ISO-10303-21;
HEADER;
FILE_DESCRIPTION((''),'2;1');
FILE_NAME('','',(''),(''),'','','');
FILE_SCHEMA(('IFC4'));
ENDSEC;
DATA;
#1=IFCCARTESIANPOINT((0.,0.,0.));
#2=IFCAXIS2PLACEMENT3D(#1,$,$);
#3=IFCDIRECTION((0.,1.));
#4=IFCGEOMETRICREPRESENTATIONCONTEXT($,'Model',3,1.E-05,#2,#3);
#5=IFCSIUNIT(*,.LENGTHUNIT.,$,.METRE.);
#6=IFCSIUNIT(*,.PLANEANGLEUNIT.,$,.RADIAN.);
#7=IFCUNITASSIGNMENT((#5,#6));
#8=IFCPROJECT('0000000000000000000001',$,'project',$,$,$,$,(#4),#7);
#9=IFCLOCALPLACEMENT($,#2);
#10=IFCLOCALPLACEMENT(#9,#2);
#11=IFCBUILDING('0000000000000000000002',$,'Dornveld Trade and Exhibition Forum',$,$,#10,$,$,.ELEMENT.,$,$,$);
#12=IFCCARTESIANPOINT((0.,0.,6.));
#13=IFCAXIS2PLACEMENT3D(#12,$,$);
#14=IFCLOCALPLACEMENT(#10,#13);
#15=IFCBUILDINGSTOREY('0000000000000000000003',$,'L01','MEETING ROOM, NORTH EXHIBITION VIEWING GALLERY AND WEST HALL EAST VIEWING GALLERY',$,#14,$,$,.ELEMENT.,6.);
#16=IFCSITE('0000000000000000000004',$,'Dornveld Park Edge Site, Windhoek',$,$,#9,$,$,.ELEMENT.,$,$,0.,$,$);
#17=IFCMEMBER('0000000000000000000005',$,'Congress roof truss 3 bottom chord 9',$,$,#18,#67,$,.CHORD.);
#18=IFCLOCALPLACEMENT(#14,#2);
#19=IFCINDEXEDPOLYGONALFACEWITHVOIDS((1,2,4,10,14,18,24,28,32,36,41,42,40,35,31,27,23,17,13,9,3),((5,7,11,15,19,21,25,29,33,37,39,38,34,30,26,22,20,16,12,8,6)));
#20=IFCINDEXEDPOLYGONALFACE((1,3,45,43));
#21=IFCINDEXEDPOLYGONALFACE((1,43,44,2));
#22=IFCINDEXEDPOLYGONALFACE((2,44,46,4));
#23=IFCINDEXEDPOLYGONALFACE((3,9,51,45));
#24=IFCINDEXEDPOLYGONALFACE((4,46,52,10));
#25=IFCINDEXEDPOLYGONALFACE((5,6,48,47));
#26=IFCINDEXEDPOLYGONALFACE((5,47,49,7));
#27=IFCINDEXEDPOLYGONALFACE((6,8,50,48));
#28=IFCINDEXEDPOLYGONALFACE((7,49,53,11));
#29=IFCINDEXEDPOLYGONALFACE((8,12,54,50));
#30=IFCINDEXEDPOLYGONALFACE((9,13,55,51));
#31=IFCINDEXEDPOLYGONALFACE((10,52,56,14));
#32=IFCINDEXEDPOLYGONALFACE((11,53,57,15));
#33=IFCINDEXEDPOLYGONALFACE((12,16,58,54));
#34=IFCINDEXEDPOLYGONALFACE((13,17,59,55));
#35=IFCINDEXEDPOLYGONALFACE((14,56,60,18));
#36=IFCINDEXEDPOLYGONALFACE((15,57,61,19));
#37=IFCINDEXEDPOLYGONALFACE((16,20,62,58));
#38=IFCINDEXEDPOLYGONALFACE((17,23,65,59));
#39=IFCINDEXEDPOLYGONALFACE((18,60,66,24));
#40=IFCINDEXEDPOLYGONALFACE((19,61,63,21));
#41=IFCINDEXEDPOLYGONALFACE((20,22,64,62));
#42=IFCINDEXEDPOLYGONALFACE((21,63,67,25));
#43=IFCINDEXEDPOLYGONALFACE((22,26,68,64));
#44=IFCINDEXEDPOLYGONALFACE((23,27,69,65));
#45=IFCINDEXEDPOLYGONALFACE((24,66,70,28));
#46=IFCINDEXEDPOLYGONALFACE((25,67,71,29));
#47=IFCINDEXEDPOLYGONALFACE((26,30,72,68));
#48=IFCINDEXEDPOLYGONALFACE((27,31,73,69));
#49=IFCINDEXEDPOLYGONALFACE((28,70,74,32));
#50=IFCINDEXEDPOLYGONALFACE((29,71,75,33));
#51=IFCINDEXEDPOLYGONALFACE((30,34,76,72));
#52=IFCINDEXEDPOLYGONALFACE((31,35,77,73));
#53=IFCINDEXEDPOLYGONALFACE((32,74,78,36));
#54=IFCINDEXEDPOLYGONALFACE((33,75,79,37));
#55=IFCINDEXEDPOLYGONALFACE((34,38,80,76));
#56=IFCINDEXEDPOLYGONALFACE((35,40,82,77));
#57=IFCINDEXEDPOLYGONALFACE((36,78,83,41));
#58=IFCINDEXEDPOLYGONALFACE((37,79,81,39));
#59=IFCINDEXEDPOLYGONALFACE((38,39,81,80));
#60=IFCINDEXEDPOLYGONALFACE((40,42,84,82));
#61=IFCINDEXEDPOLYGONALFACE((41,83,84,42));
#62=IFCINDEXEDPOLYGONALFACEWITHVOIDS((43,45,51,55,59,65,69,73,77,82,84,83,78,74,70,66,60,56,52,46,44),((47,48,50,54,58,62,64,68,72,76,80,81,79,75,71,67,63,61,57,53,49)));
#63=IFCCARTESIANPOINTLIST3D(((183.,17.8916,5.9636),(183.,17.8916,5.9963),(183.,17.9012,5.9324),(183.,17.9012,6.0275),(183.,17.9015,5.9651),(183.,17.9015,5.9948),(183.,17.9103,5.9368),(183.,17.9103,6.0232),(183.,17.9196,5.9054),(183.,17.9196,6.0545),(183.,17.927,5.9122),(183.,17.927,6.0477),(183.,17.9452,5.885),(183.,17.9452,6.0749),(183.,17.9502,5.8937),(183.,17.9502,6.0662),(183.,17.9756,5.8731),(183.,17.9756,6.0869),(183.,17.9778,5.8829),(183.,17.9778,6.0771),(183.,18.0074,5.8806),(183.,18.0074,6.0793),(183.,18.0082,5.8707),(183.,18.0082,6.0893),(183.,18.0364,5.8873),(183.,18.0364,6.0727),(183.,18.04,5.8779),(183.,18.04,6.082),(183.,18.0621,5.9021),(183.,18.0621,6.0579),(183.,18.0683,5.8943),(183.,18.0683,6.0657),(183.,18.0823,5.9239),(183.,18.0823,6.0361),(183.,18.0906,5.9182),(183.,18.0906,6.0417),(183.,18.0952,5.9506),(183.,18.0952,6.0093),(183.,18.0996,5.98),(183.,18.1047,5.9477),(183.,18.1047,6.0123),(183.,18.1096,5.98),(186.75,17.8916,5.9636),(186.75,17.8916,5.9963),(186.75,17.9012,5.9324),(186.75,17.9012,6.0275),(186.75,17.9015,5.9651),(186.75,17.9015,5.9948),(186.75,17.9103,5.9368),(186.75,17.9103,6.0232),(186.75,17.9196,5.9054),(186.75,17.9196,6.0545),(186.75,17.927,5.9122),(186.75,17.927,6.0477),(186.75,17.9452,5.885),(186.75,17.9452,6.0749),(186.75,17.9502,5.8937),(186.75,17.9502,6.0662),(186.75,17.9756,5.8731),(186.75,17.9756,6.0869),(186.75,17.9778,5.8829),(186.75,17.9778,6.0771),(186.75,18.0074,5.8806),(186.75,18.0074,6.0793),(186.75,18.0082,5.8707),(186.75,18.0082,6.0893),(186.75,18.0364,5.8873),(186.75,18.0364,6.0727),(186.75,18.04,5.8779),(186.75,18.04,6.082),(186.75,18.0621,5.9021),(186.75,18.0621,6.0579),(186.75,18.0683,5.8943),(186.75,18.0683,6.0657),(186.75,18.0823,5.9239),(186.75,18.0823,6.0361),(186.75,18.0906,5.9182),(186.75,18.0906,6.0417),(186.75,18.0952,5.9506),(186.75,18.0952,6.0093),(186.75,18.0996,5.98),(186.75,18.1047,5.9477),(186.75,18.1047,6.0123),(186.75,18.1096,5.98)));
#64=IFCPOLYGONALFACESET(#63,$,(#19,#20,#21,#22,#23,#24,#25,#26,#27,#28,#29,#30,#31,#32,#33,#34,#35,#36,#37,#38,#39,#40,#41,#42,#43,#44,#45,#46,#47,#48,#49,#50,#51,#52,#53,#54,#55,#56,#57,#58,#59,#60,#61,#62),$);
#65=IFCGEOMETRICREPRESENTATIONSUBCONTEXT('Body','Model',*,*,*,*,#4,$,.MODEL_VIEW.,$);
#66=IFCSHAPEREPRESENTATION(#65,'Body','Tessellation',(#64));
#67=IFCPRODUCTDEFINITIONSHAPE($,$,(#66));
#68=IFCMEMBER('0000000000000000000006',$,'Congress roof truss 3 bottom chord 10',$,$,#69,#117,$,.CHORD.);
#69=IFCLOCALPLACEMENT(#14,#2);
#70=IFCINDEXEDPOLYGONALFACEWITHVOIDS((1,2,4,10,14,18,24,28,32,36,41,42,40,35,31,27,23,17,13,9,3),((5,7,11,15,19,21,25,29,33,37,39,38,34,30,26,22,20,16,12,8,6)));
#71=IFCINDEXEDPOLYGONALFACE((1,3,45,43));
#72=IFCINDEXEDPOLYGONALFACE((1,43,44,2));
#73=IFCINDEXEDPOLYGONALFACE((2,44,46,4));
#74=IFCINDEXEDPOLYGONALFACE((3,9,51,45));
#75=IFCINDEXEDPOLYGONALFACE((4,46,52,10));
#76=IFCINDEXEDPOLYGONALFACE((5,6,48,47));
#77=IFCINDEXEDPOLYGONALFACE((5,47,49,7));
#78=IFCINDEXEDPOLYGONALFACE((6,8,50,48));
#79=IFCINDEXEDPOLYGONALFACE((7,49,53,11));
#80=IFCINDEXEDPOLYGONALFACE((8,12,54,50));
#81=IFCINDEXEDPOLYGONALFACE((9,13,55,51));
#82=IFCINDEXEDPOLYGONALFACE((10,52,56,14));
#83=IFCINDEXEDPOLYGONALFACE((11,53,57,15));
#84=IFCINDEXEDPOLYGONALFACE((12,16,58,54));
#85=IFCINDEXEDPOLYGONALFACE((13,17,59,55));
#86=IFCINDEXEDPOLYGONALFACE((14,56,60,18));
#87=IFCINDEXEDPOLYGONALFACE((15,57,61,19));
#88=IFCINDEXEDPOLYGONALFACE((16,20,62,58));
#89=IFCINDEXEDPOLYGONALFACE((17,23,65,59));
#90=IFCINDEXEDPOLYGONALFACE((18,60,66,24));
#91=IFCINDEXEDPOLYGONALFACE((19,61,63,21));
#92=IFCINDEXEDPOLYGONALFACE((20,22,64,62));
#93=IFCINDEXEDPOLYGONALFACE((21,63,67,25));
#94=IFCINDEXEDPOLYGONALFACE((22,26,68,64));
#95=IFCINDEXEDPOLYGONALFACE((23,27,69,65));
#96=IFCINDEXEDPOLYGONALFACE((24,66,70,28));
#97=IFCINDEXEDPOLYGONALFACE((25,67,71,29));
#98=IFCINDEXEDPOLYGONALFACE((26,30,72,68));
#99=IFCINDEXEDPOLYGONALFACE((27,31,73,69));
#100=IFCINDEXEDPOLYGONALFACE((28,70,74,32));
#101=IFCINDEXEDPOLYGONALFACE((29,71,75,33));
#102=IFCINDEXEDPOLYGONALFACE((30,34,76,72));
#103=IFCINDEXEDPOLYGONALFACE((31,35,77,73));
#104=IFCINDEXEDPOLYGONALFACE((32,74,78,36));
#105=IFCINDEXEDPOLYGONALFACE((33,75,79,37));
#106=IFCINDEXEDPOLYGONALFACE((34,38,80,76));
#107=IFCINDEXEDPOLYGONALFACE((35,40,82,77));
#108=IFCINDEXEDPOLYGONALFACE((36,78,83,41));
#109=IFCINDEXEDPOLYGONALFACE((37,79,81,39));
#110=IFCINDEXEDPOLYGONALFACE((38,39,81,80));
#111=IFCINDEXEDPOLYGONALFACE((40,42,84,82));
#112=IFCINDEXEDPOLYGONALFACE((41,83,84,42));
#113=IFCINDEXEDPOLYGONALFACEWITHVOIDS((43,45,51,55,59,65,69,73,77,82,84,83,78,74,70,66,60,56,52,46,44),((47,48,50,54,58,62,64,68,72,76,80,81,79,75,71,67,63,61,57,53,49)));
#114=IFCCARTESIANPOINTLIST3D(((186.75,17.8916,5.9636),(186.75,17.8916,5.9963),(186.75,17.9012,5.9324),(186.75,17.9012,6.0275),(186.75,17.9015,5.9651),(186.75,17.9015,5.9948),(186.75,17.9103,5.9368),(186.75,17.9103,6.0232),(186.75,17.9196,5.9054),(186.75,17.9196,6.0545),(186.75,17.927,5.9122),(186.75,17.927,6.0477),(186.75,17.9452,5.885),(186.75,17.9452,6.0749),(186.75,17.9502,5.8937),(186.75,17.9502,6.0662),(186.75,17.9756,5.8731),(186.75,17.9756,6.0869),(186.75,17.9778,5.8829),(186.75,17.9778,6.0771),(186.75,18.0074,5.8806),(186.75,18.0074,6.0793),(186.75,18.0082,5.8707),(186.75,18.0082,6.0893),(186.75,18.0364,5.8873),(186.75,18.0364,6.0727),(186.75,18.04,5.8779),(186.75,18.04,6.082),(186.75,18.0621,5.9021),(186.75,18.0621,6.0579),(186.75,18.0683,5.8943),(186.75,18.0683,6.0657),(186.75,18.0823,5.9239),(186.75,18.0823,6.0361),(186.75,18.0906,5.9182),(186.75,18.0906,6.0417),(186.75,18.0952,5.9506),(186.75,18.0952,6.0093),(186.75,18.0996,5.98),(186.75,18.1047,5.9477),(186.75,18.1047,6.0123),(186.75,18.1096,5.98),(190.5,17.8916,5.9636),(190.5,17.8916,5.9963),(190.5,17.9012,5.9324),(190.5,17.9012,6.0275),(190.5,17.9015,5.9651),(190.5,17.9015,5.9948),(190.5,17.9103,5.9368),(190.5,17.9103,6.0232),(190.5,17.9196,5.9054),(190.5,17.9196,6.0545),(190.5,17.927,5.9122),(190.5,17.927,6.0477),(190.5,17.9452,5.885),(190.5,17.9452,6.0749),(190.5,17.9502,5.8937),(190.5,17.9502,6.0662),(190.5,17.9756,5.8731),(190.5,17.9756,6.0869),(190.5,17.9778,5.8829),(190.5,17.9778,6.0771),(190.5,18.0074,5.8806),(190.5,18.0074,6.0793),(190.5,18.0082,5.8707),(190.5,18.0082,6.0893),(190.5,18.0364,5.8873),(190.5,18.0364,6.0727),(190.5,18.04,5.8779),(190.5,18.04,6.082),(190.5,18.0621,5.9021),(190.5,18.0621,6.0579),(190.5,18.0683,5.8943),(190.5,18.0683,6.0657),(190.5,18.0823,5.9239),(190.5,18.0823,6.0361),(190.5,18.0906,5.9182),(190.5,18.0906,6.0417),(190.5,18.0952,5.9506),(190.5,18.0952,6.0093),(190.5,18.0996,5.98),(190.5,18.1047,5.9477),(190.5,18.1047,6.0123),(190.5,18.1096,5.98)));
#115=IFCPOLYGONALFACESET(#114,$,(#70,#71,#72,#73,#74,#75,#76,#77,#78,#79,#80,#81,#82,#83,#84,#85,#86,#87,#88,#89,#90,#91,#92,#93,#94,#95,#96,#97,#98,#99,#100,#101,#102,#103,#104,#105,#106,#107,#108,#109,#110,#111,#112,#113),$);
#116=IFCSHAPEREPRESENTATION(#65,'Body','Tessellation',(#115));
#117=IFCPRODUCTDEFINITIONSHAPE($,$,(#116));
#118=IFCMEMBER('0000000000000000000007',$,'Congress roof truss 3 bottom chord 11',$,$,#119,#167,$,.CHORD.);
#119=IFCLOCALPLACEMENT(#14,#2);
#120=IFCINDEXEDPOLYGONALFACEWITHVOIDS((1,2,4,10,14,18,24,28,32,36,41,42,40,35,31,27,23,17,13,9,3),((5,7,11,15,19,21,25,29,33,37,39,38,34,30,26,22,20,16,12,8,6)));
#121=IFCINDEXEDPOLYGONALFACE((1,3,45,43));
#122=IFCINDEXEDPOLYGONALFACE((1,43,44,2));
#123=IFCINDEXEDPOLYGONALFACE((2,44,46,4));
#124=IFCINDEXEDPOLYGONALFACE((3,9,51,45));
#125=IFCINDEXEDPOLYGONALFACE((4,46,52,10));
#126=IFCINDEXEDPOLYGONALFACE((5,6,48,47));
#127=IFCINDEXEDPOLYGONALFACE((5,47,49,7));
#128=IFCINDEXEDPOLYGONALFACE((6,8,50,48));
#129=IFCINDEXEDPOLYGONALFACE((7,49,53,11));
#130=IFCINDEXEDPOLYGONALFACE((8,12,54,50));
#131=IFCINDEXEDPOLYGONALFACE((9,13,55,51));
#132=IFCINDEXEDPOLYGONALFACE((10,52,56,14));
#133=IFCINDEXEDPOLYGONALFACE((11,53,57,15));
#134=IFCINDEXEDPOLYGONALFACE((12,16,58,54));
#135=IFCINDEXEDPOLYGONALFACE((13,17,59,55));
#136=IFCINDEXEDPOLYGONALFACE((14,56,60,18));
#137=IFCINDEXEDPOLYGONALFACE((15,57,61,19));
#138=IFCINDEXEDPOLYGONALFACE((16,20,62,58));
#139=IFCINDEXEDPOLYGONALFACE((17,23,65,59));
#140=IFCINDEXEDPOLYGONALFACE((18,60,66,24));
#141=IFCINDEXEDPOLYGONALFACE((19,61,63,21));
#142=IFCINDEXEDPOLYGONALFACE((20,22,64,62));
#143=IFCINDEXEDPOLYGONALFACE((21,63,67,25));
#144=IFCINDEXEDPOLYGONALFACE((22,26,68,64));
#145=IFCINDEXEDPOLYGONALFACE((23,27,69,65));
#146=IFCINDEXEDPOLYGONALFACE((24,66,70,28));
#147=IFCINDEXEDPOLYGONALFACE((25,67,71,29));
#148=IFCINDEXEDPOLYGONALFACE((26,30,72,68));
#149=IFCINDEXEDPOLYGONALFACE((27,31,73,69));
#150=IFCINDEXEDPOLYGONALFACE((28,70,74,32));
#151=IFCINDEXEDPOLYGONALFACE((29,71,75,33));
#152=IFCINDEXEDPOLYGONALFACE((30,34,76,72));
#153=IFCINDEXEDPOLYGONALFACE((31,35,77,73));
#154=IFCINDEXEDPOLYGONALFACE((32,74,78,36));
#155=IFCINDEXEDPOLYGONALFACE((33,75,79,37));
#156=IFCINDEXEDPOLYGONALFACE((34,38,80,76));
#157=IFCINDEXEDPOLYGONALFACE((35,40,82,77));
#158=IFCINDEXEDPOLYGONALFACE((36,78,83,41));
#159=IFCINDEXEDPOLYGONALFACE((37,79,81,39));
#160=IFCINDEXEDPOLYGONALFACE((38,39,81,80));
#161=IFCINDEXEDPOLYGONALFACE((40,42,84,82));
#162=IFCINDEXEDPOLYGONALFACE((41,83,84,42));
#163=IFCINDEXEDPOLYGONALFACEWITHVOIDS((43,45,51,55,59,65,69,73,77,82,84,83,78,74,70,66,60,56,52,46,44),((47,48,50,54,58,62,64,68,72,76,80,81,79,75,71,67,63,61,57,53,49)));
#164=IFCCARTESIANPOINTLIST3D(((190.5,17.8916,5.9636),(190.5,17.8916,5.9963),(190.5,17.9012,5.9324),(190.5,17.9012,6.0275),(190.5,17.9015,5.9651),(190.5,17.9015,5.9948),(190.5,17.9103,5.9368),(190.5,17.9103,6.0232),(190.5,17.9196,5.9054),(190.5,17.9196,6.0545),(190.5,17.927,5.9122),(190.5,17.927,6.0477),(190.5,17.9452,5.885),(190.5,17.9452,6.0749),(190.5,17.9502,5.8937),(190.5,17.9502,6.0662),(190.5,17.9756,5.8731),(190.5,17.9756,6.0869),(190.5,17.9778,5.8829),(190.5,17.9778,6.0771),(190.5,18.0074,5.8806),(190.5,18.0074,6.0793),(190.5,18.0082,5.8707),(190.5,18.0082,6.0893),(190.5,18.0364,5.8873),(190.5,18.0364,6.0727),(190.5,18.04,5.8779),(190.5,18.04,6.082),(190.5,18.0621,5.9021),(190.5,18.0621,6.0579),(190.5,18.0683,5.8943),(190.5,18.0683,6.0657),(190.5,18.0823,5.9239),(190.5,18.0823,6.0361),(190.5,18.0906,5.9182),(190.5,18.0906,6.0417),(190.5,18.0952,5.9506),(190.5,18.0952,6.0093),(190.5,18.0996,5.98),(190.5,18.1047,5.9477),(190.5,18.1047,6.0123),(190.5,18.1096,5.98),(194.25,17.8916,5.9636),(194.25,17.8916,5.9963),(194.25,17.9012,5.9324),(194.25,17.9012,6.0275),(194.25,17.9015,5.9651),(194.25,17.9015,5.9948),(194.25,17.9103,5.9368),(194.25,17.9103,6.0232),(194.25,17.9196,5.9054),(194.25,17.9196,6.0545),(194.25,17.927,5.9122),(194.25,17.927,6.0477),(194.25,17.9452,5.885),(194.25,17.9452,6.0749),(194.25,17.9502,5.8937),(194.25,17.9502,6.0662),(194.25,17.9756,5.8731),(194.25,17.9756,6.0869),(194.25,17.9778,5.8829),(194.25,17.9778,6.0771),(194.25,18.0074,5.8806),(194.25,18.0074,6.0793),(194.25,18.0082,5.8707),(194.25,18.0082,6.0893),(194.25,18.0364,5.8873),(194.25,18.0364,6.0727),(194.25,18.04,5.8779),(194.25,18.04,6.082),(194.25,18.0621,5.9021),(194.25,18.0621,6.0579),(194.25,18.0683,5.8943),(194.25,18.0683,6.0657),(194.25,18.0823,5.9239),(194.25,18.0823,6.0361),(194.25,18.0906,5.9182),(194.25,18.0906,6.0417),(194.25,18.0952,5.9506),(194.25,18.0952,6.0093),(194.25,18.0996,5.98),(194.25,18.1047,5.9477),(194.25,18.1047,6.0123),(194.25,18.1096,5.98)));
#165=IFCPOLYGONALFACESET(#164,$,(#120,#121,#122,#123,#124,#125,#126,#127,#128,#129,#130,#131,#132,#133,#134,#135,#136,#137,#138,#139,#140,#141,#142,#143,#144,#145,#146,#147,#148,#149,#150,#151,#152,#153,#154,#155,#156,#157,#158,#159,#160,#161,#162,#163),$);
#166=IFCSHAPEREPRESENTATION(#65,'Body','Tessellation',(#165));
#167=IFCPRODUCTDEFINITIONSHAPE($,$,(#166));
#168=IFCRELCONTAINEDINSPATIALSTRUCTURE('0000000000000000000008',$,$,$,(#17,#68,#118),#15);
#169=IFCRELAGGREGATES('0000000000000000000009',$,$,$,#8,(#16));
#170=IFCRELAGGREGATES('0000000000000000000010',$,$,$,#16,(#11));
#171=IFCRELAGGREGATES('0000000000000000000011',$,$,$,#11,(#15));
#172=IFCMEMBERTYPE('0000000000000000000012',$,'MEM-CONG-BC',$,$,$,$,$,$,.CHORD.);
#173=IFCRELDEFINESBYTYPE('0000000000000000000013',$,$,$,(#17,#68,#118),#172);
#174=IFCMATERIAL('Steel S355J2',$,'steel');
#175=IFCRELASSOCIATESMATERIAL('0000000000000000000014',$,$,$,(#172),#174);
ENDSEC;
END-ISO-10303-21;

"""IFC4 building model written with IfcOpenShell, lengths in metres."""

from ifc_helpers import new_model, si_unit, direction, frame, origin, origin_2d, place, context, subcontext, project, spatial, hollow_circle, extrude, material, material_profile, profile_set, type_object, element, save


model = new_model("IFC4")

# Units and contexts
model_context = context("Model", 3, precision=1e-05, world=origin(), true_north=direction((0.0, 1.0)))
body_context = subcontext(model_context, "Body", "Model", "MODEL_VIEW")
ifc_project = project(units=[si_unit("LENGTHUNIT", "METRE"), si_unit("PLANEANGLEUNIT", "RADIAN")], contexts=[model_context])

# Site, building, storey
site_placement = place(None, origin())
site = spatial("IfcSite", under=ifc_project, at=site_placement, Name="Dornveld Park Edge Site, Windhoek", CompositionType="ELEMENT", RefElevation=0.0)
building_placement = place(site_placement, origin())
building = spatial("IfcBuilding", under=site, at=building_placement, Name="Dornveld Trade and Exhibition Forum", CompositionType="ELEMENT")
storey_placement = place(building_placement, frame((0.0, 0.0, 6.0)))
storey = spatial("IfcBuildingStorey", under=building, at=storey_placement, Name="L01", Description="MEETING ROOM, NORTH EXHIBITION VIEWING GALLERY AND WEST HALL EAST VIEWING GALLERY", CompositionType="ELEMENT", Elevation=6.0)

# Members
ifc_material_1 = material(Name="Steel S355J2", Category="steel")
ifc_material_profile_1 = material_profile(ifc_material_1, hollow_circle(Radius=0.1096, WallThickness=0.01, at=origin_2d()), Name="CHS 219.1x10")
ifc_profile_set_1 = profile_set([ifc_material_profile_1], Name="Steel S355J2")
member_type_1 = type_object("IfcMemberType", Name="MEM-CONG-BC", PredefinedType="CHORD", material=ifc_profile_set_1)
for number, where, z_axis, x_axis, name in (
    (1, (183.0, 18.0, 5.98), (1.0, 0.0, 0.0), (0.0, 1.0, 0.0), "Congress roof truss 3 bottom chord 9"),
    (2, (186.75, 18.0, 5.98), (1.0, 0.0, 0.0), (0.0, 1.0, 0.0), "Congress roof truss 3 bottom chord 10"),
    (3, (190.5, 18.0, 5.98), (1.0, 0.0, 0.0), (0.0, 1.0, 0.0), "Congress roof truss 3 bottom chord 11"),
):
    element("IfcMember", number, at=place(storey_placement, frame(where, z_axis=z_axis, x_axis=x_axis)), inside=storey, type_object=member_type_1, Name=name, PredefinedType="CHORD", context=body_context, shape_type="SweptSolid", body=[
        extrude(hollow_circle(Radius=0.1096, WallThickness=0.01, at=origin_2d()), origin(), (0.0, 0.0, 1.0), 3.75),
    ])

save(model, "model.ifc")
